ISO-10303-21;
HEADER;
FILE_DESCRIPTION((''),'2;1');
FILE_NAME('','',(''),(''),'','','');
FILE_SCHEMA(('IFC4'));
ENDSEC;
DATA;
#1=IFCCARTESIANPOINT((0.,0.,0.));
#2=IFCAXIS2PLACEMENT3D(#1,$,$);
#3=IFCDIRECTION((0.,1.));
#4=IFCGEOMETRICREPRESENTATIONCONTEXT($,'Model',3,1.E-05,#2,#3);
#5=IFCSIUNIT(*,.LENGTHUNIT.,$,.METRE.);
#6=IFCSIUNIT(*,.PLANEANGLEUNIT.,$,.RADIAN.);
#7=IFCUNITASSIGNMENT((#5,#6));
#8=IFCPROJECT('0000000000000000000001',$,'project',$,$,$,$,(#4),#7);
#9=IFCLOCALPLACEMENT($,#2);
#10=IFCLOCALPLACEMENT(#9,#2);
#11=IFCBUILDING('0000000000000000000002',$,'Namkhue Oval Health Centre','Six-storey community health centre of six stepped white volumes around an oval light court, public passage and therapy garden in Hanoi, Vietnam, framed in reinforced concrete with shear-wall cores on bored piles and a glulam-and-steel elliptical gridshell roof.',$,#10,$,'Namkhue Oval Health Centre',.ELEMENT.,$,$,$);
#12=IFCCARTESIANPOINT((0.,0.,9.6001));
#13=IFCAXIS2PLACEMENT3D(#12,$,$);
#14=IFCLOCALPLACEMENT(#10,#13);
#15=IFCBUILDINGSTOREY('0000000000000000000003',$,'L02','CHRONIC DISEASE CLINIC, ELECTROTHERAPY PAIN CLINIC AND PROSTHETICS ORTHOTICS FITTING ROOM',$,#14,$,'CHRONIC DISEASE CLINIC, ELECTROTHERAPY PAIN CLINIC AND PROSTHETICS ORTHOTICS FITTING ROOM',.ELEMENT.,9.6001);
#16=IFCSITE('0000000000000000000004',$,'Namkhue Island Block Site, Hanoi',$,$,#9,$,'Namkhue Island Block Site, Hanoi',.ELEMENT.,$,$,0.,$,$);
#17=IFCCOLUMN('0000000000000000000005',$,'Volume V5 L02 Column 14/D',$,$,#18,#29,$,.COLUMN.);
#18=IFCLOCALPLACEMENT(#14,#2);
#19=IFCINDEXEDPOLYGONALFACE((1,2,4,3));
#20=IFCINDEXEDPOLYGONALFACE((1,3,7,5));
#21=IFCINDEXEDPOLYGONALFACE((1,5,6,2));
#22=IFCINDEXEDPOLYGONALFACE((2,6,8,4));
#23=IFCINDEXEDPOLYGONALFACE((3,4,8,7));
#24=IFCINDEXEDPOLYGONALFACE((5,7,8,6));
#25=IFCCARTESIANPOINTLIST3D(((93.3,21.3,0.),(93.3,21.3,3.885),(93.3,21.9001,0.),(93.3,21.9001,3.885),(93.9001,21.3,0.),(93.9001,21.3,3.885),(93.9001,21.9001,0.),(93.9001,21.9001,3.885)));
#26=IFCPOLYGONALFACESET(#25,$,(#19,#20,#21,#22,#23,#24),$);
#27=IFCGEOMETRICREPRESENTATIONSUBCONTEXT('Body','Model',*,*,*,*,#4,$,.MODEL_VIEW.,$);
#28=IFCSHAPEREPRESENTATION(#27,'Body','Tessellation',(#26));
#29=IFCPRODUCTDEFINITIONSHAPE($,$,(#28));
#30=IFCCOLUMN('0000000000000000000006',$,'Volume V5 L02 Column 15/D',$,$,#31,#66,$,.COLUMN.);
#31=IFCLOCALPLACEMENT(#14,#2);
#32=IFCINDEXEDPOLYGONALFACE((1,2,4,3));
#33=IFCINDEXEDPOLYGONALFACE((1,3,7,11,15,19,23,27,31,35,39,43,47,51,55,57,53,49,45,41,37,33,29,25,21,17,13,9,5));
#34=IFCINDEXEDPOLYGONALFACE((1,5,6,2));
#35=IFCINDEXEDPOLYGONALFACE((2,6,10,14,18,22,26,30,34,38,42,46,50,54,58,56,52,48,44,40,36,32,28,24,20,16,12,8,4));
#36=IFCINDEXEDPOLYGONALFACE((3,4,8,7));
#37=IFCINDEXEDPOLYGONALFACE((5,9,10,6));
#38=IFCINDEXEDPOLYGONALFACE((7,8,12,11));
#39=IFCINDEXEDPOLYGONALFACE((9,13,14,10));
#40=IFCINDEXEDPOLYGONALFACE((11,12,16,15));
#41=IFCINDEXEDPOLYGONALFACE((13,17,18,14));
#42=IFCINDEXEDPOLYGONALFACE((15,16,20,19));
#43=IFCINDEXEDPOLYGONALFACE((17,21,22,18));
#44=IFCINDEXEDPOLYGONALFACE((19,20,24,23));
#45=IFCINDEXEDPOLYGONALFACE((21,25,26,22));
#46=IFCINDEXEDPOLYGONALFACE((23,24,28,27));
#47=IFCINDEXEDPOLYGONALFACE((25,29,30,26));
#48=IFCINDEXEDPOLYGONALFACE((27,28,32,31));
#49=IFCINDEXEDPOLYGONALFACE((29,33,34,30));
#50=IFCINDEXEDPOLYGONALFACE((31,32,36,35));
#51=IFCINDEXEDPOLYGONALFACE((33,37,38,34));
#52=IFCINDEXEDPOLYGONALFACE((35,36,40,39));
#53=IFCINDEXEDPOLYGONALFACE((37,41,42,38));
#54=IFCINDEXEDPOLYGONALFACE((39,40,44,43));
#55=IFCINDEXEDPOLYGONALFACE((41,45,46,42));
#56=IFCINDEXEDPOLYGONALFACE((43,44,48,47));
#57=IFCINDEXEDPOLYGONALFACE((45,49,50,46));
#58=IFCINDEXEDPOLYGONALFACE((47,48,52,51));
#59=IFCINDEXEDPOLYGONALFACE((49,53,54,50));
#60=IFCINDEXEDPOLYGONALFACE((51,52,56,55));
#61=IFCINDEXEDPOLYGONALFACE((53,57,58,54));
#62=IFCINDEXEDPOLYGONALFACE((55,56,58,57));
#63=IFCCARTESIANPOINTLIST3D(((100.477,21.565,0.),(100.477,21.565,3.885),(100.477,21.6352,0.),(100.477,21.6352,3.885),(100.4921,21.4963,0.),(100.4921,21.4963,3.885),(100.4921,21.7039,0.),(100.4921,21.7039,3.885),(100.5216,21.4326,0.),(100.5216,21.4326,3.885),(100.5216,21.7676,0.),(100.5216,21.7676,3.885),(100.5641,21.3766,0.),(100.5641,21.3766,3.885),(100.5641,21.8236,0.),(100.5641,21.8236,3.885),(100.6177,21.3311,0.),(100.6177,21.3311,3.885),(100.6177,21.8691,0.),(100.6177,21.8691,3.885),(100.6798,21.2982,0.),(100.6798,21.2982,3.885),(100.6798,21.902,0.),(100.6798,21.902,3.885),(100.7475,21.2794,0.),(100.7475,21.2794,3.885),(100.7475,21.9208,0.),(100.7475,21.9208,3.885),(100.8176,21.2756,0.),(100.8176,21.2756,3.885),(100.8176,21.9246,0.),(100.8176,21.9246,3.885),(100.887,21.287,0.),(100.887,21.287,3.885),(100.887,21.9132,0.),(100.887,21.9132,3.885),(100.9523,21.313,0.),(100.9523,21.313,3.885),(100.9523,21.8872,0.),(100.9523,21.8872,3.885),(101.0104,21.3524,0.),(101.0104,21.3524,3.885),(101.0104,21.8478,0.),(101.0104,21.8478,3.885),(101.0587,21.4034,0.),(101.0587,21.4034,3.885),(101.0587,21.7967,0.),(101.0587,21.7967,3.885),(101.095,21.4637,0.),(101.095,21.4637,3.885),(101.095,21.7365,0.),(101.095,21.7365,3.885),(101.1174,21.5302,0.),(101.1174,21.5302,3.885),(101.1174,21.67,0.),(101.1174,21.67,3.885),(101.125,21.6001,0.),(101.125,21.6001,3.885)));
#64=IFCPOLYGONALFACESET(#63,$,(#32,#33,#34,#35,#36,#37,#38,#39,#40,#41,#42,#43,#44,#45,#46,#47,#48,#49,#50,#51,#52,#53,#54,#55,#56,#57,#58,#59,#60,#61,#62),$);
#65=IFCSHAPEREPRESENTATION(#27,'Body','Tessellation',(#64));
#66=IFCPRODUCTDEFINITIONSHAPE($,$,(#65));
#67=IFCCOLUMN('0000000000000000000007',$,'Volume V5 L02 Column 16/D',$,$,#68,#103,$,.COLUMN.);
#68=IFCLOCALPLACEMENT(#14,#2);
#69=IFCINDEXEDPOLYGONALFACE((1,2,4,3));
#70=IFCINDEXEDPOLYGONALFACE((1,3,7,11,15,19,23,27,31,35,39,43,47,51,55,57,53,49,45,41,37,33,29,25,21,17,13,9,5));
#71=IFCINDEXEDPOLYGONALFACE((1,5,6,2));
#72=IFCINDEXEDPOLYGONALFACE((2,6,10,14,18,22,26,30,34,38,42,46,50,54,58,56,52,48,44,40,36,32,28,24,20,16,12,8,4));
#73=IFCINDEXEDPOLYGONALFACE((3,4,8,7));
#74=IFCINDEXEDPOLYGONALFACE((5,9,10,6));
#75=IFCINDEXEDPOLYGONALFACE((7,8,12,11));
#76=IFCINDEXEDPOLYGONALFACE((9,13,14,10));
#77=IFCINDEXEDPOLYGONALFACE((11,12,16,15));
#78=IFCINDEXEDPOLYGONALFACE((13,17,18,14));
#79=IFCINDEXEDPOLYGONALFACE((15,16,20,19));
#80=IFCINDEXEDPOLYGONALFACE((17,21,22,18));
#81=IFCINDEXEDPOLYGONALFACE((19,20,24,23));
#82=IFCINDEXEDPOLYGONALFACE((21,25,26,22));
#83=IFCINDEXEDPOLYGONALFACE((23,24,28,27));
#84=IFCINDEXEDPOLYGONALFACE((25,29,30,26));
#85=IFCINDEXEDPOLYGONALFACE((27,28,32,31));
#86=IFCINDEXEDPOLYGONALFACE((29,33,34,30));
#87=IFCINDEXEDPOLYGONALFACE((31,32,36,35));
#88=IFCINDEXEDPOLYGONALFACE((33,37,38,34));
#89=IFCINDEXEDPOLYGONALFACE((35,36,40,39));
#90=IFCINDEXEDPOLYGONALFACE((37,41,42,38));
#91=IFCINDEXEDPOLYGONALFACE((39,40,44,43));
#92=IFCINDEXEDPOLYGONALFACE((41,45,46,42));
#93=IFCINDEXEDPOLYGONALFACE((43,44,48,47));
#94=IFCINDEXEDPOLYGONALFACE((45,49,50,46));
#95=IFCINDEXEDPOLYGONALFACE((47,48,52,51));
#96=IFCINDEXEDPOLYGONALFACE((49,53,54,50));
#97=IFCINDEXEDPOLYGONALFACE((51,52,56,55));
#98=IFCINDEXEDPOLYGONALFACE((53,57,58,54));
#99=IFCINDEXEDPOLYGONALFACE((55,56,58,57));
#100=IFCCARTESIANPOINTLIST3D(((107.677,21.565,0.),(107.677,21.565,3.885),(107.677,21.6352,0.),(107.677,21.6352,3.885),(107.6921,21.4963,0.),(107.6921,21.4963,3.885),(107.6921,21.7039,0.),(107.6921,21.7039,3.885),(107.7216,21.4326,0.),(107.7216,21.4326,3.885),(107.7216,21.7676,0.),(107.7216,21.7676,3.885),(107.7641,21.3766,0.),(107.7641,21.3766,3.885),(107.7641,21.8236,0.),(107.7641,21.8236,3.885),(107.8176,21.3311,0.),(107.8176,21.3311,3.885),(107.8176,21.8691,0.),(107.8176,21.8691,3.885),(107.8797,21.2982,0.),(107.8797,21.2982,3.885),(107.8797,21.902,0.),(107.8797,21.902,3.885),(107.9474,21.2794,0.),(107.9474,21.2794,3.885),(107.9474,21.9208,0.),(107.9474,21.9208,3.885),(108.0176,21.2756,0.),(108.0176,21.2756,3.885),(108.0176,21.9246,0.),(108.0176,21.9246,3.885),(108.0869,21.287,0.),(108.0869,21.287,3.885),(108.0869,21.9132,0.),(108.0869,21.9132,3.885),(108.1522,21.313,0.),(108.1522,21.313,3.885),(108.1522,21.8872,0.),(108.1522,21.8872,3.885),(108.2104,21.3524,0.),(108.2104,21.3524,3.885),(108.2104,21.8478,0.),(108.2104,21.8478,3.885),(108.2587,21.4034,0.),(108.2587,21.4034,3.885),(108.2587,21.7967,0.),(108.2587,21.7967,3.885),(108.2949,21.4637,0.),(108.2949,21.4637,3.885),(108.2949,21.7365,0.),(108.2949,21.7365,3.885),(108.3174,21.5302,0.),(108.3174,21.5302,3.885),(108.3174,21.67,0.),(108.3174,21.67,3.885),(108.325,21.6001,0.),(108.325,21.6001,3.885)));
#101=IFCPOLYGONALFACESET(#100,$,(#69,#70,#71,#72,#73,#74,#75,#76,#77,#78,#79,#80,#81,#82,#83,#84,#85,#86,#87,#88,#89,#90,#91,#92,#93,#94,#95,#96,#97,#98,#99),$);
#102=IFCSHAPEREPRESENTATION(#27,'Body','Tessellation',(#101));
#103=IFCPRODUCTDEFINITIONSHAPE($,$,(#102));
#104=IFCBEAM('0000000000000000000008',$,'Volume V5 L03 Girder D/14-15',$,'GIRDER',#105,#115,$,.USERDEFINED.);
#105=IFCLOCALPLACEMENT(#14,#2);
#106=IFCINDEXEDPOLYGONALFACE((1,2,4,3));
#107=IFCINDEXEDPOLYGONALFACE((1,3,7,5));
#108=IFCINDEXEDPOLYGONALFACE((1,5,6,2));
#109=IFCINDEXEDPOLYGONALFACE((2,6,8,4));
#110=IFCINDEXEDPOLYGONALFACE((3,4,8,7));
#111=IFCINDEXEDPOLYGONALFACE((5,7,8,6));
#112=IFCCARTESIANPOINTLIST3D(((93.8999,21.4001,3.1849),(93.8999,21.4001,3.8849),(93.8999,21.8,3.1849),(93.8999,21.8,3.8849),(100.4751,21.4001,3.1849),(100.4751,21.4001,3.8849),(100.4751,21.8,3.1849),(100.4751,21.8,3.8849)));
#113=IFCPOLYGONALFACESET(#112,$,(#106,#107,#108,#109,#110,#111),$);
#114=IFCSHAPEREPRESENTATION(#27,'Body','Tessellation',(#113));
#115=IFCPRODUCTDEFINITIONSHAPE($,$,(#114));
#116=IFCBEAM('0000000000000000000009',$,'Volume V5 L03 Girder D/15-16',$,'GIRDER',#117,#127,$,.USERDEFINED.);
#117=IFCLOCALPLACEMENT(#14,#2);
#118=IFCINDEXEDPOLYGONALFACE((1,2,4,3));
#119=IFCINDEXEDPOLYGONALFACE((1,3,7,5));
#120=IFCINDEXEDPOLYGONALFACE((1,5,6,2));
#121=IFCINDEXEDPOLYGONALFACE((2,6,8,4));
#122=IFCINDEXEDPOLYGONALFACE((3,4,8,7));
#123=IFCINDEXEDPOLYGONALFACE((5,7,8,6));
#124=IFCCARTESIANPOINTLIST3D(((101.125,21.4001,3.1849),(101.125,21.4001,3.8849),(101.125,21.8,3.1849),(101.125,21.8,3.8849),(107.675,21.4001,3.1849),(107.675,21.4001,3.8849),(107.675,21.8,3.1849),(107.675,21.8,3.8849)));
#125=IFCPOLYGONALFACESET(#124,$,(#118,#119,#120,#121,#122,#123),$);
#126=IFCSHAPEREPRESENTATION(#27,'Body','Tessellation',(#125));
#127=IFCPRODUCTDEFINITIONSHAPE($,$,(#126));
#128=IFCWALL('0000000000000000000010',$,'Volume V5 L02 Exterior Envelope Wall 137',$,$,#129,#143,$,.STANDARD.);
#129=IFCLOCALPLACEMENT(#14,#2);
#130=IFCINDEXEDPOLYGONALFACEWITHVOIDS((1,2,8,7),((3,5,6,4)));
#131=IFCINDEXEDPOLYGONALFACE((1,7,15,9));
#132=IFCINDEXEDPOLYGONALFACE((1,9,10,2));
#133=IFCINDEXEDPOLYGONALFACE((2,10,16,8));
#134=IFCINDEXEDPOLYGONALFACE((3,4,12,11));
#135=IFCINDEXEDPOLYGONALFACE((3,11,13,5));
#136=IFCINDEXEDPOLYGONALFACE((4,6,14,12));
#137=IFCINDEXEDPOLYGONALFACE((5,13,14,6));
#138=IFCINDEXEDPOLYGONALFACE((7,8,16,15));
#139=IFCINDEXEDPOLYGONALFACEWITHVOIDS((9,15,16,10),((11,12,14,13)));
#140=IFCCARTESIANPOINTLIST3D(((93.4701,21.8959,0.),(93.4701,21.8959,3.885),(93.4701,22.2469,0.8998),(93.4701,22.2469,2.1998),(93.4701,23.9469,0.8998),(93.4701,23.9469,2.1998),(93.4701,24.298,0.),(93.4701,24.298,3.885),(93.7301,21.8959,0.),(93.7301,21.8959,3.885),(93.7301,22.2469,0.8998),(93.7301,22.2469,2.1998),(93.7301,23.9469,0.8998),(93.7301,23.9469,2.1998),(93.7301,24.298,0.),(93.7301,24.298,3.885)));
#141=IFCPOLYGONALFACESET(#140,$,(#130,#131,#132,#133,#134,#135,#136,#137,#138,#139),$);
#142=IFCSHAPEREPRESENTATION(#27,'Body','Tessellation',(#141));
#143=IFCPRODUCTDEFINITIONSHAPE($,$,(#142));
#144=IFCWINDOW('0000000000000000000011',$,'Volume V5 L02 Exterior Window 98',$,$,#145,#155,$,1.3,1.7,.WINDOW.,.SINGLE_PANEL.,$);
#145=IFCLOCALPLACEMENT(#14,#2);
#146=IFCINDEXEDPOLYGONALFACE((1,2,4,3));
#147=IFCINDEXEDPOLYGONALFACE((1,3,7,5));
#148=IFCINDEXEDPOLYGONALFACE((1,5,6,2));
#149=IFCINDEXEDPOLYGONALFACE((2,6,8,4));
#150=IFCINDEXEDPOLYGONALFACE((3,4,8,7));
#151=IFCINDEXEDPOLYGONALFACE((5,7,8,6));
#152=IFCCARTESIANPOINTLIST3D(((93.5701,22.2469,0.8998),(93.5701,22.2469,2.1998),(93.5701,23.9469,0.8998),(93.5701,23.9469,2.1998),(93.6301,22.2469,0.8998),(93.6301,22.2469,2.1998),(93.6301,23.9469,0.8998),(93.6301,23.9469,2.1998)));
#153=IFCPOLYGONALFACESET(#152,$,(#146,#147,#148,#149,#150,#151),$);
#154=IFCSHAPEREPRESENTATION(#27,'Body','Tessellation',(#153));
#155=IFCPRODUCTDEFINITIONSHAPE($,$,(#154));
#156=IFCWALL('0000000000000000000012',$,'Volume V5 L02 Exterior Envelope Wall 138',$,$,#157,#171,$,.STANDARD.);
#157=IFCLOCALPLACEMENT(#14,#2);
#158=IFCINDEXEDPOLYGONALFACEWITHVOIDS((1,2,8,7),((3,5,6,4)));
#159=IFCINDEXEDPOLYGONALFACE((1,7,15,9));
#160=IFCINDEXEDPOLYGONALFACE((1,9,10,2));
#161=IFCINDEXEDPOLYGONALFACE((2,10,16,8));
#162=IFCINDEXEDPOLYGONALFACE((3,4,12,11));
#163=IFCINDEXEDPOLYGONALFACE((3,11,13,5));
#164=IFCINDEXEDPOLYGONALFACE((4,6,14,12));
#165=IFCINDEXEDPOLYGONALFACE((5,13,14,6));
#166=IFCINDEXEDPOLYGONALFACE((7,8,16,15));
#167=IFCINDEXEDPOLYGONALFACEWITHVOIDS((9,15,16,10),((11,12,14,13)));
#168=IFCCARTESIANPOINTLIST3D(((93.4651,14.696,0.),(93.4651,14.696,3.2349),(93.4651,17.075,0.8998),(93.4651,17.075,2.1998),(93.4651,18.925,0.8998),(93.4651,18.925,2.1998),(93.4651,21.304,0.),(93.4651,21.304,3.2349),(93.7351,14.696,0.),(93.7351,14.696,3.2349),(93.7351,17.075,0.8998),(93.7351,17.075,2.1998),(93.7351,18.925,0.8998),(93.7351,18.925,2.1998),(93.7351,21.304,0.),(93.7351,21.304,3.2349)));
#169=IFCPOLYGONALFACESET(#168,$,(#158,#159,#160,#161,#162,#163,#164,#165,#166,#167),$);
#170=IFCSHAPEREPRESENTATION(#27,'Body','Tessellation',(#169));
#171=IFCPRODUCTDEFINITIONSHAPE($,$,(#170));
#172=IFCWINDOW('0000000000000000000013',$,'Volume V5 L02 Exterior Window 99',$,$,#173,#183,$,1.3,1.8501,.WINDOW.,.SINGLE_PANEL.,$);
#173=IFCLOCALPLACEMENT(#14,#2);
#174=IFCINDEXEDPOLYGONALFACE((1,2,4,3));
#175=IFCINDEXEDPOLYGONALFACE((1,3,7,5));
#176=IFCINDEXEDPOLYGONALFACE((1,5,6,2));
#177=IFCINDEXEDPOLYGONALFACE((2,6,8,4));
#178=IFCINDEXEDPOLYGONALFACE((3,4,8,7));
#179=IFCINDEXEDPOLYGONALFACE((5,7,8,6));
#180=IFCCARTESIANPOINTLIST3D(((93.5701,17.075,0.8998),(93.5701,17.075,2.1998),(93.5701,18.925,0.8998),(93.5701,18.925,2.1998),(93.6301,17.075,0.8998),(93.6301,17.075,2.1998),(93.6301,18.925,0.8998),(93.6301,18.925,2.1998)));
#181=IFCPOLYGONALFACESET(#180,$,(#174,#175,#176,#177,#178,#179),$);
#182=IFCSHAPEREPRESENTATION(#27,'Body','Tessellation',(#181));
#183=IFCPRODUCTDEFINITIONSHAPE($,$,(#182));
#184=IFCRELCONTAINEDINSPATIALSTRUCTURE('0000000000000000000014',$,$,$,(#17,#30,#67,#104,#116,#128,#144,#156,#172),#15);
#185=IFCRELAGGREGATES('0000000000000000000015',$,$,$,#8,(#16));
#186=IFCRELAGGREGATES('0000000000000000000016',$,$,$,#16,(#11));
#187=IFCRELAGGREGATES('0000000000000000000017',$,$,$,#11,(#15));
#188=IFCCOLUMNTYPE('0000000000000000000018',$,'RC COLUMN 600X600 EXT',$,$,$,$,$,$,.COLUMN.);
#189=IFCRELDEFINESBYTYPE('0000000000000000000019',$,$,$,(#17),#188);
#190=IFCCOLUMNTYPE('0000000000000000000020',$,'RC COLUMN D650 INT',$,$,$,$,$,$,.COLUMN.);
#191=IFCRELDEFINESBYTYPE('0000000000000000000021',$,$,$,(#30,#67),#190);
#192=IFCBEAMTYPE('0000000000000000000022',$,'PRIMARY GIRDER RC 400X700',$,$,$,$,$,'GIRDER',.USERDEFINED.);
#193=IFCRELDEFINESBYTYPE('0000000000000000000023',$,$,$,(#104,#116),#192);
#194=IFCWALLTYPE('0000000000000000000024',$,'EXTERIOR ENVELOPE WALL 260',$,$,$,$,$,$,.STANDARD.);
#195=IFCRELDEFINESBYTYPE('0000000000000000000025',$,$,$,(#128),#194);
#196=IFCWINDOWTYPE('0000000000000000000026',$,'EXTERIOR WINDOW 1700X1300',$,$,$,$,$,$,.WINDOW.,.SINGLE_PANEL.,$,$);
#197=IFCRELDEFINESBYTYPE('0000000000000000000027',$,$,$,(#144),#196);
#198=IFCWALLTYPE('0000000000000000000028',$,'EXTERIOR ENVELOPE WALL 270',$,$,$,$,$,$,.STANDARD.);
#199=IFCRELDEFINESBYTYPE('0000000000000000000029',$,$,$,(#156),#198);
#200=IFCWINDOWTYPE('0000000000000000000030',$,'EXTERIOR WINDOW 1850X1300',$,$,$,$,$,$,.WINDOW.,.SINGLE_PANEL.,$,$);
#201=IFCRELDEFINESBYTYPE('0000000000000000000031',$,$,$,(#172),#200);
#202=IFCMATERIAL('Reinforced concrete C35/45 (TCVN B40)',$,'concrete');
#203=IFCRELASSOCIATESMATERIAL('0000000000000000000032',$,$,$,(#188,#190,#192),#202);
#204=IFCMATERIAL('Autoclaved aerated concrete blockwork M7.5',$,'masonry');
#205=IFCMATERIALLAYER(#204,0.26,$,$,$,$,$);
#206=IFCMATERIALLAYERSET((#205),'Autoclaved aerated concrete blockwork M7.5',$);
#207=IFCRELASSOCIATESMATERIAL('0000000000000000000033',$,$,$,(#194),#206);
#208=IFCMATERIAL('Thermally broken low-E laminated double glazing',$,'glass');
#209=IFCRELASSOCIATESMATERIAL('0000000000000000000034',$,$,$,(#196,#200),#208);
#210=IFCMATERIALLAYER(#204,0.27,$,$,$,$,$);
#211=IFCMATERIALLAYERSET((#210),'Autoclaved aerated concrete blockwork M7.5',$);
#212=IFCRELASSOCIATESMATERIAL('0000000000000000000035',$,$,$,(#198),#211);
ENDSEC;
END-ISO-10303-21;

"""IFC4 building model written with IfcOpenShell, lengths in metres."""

from ifc_helpers import new_model, si_unit, direction, frame, frame_2d, origin, origin_2d, place, context, subcontext, project, spatial, rectangle, circle, extrude, material, layer, layer_set, material_profile, profile_set, type_object, element, fill, save


model = new_model("IFC4")

# Units and contexts
model_context = context("Model", 3, precision=1e-05, world=origin(), true_north=direction((0.0, 1.0)))
body_context = subcontext(model_context, "Body", "Model", "MODEL_VIEW")
ifc_project = project(units=[si_unit("LENGTHUNIT", "METRE"), si_unit("PLANEANGLEUNIT", "RADIAN")], contexts=[model_context])

# Site, building, storey
site_placement = place(None, origin())
site = spatial("IfcSite", under=ifc_project, at=site_placement, Name="Namkhue Island Block Site, Hanoi", LongName="Namkhue Island Block Site, Hanoi", CompositionType="ELEMENT", RefElevation=0.0)
building_placement = place(site_placement, origin())
building = spatial("IfcBuilding", under=site, at=building_placement, Name="Namkhue Oval Health Centre", Description="Six-storey community health centre of six stepped white volumes around an oval light court, public passage and therapy garden in Hanoi, Vietnam, framed in reinforced concrete with shear-wall cores on bored piles and a glulam-and-steel elliptical gridshell roof.", LongName="Namkhue Oval Health Centre", CompositionType="ELEMENT")
storey_placement = place(building_placement, frame((0.0, 0.0, 9.6001)))
storey = spatial("IfcBuildingStorey", under=building, at=storey_placement, Name="L02", Description="CHRONIC DISEASE CLINIC, ELECTROTHERAPY PAIN CLINIC AND PROSTHETICS ORTHOTICS FITTING ROOM", LongName="CHRONIC DISEASE CLINIC, ELECTROTHERAPY PAIN CLINIC AND PROSTHETICS ORTHOTICS FITTING ROOM", CompositionType="ELEMENT", Elevation=9.6001)

# Columns
ifc_material_1 = material(Name="Reinforced concrete C35/45 (TCVN B40)", Category="concrete")
ifc_material_profile_1 = material_profile(ifc_material_1, rectangle(XDim=0.6001, YDim=0.6001, at=origin_2d()), Name="RC 600x600")
ifc_profile_set_1 = profile_set([ifc_material_profile_1], Name="Reinforced concrete C35/45 (TCVN B40)")
column_type_1 = type_object("IfcColumnType", Name="RC COLUMN 600X600 EXT", PredefinedType="COLUMN", material=ifc_profile_set_1)
column_placement = place(storey_placement, frame((93.6001, 21.6001, 0.0), z_axis=(0.0, 0.0, 1.0), x_axis=(1.0, 0.0, 0.0)))
element("IfcColumn", 1, at=column_placement, inside=storey, type_object=column_type_1, Name="Volume V5 L02 Column 14/D", PredefinedType="COLUMN", context=body_context, shape_type="SweptSolid", body=[
    extrude(rectangle(XDim=0.6001, YDim=0.6001, at=origin_2d()), origin(), (0.0, 0.0, 1.0), 3.885),
])
ifc_material_profile_2 = material_profile(ifc_material_1, circle(Radius=0.325, at=origin_2d()), Name="RC D650")
ifc_profile_set_2 = profile_set([ifc_material_profile_2], Name="Reinforced concrete C35/45 (TCVN B40)")
column_type_2 = type_object("IfcColumnType", Name="RC COLUMN D650 INT", PredefinedType="COLUMN", material=ifc_profile_set_2)
for number, where, z_axis, x_axis, name in (
    (2, (100.8, 21.6001, 0.0), (0.0, 0.0, 1.0), (1.0, 0.0, 0.0), "Volume V5 L02 Column 15/D"),
    (3, (108.0, 21.6001, 0.0), (0.0, 0.0, 1.0), (1.0, 0.0, 0.0), "Volume V5 L02 Column 16/D"),
):
    element("IfcColumn", number, at=place(storey_placement, frame(where, z_axis=z_axis, x_axis=x_axis)), inside=storey, type_object=column_type_2, Name=name, PredefinedType="COLUMN", context=body_context, shape_type="SweptSolid", body=[
        extrude(circle(Radius=0.325, at=origin_2d()), origin(), (0.0, 0.0, 1.0), 3.885),
    ])

# Beams
ifc_material_profile_3 = material_profile(ifc_material_1, rectangle(XDim=0.3999, YDim=0.7, at=origin_2d()), Name="RC 400x700")
ifc_profile_set_3 = profile_set([ifc_material_profile_3], Name="Reinforced concrete C35/45 (TCVN B40)")
beam_type = type_object("IfcBeamType", Name="PRIMARY GIRDER RC 400X700", ElementType="GIRDER", PredefinedType="USERDEFINED", material=ifc_profile_set_3)
beam_1_placement = place(storey_placement, frame((93.8999, 21.6001, 3.5349), z_axis=(1.0, 0.0, 0.0), x_axis=(0.0, 1.0, 0.0)))
element("IfcBeam", 4, at=beam_1_placement, inside=storey, type_object=beam_type, Name="Volume V5 L03 Girder D/14-15", ObjectType="GIRDER", PredefinedType="USERDEFINED", context=body_context, shape_type="SweptSolid", body=[
    extrude(rectangle(XDim=0.3999, YDim=0.7, at=origin_2d()), origin(), (0.0, 0.0, 1.0), 6.5752),
])
beam_2_placement = place(storey_placement, frame((101.125, 21.6001, 3.5349), z_axis=(1.0, 0.0, 0.0), x_axis=(0.0, 1.0, 0.0)))
element("IfcBeam", 5, at=beam_2_placement, inside=storey, type_object=beam_type, Name="Volume V5 L03 Girder D/15-16", ObjectType="GIRDER", PredefinedType="USERDEFINED", context=body_context, shape_type="SweptSolid", body=[
    extrude(rectangle(XDim=0.3999, YDim=0.7, at=origin_2d()), origin(), (0.0, 0.0, 1.0), 6.55),
])

# Walls, openings, windows
ifc_material_2 = material(Name="Autoclaved aerated concrete blockwork M7.5", Category="masonry")
ifc_layer_1 = layer(ifc_material_2, 0.26)
ifc_layer_set_1 = layer_set([ifc_layer_1], Name="Autoclaved aerated concrete blockwork M7.5")
wall_type_1 = type_object("IfcWallType", Name="EXTERIOR ENVELOPE WALL 260", PredefinedType="STANDARD", material=ifc_layer_set_1)
wall_1_placement = place(storey_placement, frame((93.6001, 24.2981, 0.0), z_axis=(0.0, 0.0, 1.0), x_axis=(0.0, -1.0, 0.0)))
wall_1 = element("IfcWall", 6, at=wall_1_placement, inside=storey, type_object=wall_type_1, Name="Volume V5 L02 Exterior Envelope Wall 137", PredefinedType="STANDARD", context=body_context, shape_type="SweptSolid", body=[
    extrude(rectangle(XDim=2.4021, YDim=0.26, at=frame_2d((1.2012, 0.0))), origin(), (0.0, 0.0, 1.0), 3.885),
])
opening_1_placement = place(wall_1_placement, frame((0.3511, 0.0, 0.8999)))
opening_1 = element("IfcOpeningElement", 7, at=opening_1_placement, cuts=wall_1, PredefinedType="OPENING", context=body_context, shape_type="SweptSolid", body=[
    extrude(rectangle(XDim=1.7, YDim=1.3, at=frame_2d((0.8501, 0.6499))), frame((0.0, 0.1399, 0.0), z_axis=(0.0, -1.0, 0.0), x_axis=(1.0, 0.0, 0.0)), (0.0, 0.0, 1.0), 0.28),
])
ifc_material_3 = material(Name="Thermally broken low-E laminated double glazing", Category="glass")
window_type_1 = type_object("IfcWindowType", Name="EXTERIOR WINDOW 1700X1300", PartitioningType="SINGLE_PANEL", PredefinedType="WINDOW", material=ifc_material_3)
window_1_placement = place(opening_1_placement, origin())
window_1 = element("IfcWindow", 8, at=window_1_placement, inside=storey, type_object=window_type_1, Name="Volume V5 L02 Exterior Window 98", OverallHeight=1.3, OverallWidth=1.7, PartitioningType="SINGLE_PANEL", PredefinedType="WINDOW", context=body_context, shape_type="SweptSolid", body=[
    extrude(rectangle(XDim=1.7, YDim=1.3, at=frame_2d((0.8501, 0.6499))), frame((0.0, 0.03, 0.0), z_axis=(0.0, -1.0, 0.0), x_axis=(1.0, 0.0, 0.0)), (0.0, 0.0, 1.0), 0.0601),
])
fill(opening_1, window_1)
ifc_layer_2 = layer(ifc_material_2, 0.27)
ifc_layer_set_2 = layer_set([ifc_layer_2], Name="Autoclaved aerated concrete blockwork M7.5")
wall_type_2 = type_object("IfcWallType", Name="EXTERIOR ENVELOPE WALL 270", PredefinedType="STANDARD", material=ifc_layer_set_2)
wall_2_placement = place(storey_placement, frame((93.6001, 21.304, 0.0), z_axis=(0.0, 0.0, 1.0), x_axis=(0.0, -1.0, 0.0)))
wall_2 = element("IfcWall", 9, at=wall_2_placement, inside=storey, type_object=wall_type_2, Name="Volume V5 L02 Exterior Envelope Wall 138", PredefinedType="STANDARD", context=body_context, shape_type="SweptSolid", body=[
    extrude(rectangle(XDim=6.6079, YDim=0.27, at=frame_2d((3.304, 0.0))), origin(), (0.0, 0.0, 1.0), 3.2349),
])
opening_2_placement = place(wall_2_placement, frame((2.3789, 0.0, 0.8999)))
opening_2 = element("IfcOpeningElement", 10, at=opening_2_placement, cuts=wall_2, PredefinedType="OPENING", context=body_context, shape_type="SweptSolid", body=[
    extrude(rectangle(XDim=1.8501, YDim=1.3, at=frame_2d((0.925, 0.6499))), frame((0.0, 0.145, 0.0), z_axis=(0.0, -1.0, 0.0), x_axis=(1.0, 0.0, 0.0)), (0.0, 0.0, 1.0), 0.29),
])
window_type_2 = type_object("IfcWindowType", Name="EXTERIOR WINDOW 1850X1300", PartitioningType="SINGLE_PANEL", PredefinedType="WINDOW", material=ifc_material_3)
window_2_placement = place(opening_2_placement, origin())
window_2 = element("IfcWindow", 11, at=window_2_placement, inside=storey, type_object=window_type_2, Name="Volume V5 L02 Exterior Window 99", OverallHeight=1.3, OverallWidth=1.8501, PartitioningType="SINGLE_PANEL", PredefinedType="WINDOW", context=body_context, shape_type="SweptSolid", body=[
    extrude(rectangle(XDim=1.8501, YDim=1.3, at=frame_2d((0.925, 0.6499))), frame((0.0, 0.03, 0.0), z_axis=(0.0, -1.0, 0.0), x_axis=(1.0, 0.0, 0.0)), (0.0, 0.0, 1.0), 0.0601),
])
fill(opening_2, window_2)

save(model, "model.ifc")
